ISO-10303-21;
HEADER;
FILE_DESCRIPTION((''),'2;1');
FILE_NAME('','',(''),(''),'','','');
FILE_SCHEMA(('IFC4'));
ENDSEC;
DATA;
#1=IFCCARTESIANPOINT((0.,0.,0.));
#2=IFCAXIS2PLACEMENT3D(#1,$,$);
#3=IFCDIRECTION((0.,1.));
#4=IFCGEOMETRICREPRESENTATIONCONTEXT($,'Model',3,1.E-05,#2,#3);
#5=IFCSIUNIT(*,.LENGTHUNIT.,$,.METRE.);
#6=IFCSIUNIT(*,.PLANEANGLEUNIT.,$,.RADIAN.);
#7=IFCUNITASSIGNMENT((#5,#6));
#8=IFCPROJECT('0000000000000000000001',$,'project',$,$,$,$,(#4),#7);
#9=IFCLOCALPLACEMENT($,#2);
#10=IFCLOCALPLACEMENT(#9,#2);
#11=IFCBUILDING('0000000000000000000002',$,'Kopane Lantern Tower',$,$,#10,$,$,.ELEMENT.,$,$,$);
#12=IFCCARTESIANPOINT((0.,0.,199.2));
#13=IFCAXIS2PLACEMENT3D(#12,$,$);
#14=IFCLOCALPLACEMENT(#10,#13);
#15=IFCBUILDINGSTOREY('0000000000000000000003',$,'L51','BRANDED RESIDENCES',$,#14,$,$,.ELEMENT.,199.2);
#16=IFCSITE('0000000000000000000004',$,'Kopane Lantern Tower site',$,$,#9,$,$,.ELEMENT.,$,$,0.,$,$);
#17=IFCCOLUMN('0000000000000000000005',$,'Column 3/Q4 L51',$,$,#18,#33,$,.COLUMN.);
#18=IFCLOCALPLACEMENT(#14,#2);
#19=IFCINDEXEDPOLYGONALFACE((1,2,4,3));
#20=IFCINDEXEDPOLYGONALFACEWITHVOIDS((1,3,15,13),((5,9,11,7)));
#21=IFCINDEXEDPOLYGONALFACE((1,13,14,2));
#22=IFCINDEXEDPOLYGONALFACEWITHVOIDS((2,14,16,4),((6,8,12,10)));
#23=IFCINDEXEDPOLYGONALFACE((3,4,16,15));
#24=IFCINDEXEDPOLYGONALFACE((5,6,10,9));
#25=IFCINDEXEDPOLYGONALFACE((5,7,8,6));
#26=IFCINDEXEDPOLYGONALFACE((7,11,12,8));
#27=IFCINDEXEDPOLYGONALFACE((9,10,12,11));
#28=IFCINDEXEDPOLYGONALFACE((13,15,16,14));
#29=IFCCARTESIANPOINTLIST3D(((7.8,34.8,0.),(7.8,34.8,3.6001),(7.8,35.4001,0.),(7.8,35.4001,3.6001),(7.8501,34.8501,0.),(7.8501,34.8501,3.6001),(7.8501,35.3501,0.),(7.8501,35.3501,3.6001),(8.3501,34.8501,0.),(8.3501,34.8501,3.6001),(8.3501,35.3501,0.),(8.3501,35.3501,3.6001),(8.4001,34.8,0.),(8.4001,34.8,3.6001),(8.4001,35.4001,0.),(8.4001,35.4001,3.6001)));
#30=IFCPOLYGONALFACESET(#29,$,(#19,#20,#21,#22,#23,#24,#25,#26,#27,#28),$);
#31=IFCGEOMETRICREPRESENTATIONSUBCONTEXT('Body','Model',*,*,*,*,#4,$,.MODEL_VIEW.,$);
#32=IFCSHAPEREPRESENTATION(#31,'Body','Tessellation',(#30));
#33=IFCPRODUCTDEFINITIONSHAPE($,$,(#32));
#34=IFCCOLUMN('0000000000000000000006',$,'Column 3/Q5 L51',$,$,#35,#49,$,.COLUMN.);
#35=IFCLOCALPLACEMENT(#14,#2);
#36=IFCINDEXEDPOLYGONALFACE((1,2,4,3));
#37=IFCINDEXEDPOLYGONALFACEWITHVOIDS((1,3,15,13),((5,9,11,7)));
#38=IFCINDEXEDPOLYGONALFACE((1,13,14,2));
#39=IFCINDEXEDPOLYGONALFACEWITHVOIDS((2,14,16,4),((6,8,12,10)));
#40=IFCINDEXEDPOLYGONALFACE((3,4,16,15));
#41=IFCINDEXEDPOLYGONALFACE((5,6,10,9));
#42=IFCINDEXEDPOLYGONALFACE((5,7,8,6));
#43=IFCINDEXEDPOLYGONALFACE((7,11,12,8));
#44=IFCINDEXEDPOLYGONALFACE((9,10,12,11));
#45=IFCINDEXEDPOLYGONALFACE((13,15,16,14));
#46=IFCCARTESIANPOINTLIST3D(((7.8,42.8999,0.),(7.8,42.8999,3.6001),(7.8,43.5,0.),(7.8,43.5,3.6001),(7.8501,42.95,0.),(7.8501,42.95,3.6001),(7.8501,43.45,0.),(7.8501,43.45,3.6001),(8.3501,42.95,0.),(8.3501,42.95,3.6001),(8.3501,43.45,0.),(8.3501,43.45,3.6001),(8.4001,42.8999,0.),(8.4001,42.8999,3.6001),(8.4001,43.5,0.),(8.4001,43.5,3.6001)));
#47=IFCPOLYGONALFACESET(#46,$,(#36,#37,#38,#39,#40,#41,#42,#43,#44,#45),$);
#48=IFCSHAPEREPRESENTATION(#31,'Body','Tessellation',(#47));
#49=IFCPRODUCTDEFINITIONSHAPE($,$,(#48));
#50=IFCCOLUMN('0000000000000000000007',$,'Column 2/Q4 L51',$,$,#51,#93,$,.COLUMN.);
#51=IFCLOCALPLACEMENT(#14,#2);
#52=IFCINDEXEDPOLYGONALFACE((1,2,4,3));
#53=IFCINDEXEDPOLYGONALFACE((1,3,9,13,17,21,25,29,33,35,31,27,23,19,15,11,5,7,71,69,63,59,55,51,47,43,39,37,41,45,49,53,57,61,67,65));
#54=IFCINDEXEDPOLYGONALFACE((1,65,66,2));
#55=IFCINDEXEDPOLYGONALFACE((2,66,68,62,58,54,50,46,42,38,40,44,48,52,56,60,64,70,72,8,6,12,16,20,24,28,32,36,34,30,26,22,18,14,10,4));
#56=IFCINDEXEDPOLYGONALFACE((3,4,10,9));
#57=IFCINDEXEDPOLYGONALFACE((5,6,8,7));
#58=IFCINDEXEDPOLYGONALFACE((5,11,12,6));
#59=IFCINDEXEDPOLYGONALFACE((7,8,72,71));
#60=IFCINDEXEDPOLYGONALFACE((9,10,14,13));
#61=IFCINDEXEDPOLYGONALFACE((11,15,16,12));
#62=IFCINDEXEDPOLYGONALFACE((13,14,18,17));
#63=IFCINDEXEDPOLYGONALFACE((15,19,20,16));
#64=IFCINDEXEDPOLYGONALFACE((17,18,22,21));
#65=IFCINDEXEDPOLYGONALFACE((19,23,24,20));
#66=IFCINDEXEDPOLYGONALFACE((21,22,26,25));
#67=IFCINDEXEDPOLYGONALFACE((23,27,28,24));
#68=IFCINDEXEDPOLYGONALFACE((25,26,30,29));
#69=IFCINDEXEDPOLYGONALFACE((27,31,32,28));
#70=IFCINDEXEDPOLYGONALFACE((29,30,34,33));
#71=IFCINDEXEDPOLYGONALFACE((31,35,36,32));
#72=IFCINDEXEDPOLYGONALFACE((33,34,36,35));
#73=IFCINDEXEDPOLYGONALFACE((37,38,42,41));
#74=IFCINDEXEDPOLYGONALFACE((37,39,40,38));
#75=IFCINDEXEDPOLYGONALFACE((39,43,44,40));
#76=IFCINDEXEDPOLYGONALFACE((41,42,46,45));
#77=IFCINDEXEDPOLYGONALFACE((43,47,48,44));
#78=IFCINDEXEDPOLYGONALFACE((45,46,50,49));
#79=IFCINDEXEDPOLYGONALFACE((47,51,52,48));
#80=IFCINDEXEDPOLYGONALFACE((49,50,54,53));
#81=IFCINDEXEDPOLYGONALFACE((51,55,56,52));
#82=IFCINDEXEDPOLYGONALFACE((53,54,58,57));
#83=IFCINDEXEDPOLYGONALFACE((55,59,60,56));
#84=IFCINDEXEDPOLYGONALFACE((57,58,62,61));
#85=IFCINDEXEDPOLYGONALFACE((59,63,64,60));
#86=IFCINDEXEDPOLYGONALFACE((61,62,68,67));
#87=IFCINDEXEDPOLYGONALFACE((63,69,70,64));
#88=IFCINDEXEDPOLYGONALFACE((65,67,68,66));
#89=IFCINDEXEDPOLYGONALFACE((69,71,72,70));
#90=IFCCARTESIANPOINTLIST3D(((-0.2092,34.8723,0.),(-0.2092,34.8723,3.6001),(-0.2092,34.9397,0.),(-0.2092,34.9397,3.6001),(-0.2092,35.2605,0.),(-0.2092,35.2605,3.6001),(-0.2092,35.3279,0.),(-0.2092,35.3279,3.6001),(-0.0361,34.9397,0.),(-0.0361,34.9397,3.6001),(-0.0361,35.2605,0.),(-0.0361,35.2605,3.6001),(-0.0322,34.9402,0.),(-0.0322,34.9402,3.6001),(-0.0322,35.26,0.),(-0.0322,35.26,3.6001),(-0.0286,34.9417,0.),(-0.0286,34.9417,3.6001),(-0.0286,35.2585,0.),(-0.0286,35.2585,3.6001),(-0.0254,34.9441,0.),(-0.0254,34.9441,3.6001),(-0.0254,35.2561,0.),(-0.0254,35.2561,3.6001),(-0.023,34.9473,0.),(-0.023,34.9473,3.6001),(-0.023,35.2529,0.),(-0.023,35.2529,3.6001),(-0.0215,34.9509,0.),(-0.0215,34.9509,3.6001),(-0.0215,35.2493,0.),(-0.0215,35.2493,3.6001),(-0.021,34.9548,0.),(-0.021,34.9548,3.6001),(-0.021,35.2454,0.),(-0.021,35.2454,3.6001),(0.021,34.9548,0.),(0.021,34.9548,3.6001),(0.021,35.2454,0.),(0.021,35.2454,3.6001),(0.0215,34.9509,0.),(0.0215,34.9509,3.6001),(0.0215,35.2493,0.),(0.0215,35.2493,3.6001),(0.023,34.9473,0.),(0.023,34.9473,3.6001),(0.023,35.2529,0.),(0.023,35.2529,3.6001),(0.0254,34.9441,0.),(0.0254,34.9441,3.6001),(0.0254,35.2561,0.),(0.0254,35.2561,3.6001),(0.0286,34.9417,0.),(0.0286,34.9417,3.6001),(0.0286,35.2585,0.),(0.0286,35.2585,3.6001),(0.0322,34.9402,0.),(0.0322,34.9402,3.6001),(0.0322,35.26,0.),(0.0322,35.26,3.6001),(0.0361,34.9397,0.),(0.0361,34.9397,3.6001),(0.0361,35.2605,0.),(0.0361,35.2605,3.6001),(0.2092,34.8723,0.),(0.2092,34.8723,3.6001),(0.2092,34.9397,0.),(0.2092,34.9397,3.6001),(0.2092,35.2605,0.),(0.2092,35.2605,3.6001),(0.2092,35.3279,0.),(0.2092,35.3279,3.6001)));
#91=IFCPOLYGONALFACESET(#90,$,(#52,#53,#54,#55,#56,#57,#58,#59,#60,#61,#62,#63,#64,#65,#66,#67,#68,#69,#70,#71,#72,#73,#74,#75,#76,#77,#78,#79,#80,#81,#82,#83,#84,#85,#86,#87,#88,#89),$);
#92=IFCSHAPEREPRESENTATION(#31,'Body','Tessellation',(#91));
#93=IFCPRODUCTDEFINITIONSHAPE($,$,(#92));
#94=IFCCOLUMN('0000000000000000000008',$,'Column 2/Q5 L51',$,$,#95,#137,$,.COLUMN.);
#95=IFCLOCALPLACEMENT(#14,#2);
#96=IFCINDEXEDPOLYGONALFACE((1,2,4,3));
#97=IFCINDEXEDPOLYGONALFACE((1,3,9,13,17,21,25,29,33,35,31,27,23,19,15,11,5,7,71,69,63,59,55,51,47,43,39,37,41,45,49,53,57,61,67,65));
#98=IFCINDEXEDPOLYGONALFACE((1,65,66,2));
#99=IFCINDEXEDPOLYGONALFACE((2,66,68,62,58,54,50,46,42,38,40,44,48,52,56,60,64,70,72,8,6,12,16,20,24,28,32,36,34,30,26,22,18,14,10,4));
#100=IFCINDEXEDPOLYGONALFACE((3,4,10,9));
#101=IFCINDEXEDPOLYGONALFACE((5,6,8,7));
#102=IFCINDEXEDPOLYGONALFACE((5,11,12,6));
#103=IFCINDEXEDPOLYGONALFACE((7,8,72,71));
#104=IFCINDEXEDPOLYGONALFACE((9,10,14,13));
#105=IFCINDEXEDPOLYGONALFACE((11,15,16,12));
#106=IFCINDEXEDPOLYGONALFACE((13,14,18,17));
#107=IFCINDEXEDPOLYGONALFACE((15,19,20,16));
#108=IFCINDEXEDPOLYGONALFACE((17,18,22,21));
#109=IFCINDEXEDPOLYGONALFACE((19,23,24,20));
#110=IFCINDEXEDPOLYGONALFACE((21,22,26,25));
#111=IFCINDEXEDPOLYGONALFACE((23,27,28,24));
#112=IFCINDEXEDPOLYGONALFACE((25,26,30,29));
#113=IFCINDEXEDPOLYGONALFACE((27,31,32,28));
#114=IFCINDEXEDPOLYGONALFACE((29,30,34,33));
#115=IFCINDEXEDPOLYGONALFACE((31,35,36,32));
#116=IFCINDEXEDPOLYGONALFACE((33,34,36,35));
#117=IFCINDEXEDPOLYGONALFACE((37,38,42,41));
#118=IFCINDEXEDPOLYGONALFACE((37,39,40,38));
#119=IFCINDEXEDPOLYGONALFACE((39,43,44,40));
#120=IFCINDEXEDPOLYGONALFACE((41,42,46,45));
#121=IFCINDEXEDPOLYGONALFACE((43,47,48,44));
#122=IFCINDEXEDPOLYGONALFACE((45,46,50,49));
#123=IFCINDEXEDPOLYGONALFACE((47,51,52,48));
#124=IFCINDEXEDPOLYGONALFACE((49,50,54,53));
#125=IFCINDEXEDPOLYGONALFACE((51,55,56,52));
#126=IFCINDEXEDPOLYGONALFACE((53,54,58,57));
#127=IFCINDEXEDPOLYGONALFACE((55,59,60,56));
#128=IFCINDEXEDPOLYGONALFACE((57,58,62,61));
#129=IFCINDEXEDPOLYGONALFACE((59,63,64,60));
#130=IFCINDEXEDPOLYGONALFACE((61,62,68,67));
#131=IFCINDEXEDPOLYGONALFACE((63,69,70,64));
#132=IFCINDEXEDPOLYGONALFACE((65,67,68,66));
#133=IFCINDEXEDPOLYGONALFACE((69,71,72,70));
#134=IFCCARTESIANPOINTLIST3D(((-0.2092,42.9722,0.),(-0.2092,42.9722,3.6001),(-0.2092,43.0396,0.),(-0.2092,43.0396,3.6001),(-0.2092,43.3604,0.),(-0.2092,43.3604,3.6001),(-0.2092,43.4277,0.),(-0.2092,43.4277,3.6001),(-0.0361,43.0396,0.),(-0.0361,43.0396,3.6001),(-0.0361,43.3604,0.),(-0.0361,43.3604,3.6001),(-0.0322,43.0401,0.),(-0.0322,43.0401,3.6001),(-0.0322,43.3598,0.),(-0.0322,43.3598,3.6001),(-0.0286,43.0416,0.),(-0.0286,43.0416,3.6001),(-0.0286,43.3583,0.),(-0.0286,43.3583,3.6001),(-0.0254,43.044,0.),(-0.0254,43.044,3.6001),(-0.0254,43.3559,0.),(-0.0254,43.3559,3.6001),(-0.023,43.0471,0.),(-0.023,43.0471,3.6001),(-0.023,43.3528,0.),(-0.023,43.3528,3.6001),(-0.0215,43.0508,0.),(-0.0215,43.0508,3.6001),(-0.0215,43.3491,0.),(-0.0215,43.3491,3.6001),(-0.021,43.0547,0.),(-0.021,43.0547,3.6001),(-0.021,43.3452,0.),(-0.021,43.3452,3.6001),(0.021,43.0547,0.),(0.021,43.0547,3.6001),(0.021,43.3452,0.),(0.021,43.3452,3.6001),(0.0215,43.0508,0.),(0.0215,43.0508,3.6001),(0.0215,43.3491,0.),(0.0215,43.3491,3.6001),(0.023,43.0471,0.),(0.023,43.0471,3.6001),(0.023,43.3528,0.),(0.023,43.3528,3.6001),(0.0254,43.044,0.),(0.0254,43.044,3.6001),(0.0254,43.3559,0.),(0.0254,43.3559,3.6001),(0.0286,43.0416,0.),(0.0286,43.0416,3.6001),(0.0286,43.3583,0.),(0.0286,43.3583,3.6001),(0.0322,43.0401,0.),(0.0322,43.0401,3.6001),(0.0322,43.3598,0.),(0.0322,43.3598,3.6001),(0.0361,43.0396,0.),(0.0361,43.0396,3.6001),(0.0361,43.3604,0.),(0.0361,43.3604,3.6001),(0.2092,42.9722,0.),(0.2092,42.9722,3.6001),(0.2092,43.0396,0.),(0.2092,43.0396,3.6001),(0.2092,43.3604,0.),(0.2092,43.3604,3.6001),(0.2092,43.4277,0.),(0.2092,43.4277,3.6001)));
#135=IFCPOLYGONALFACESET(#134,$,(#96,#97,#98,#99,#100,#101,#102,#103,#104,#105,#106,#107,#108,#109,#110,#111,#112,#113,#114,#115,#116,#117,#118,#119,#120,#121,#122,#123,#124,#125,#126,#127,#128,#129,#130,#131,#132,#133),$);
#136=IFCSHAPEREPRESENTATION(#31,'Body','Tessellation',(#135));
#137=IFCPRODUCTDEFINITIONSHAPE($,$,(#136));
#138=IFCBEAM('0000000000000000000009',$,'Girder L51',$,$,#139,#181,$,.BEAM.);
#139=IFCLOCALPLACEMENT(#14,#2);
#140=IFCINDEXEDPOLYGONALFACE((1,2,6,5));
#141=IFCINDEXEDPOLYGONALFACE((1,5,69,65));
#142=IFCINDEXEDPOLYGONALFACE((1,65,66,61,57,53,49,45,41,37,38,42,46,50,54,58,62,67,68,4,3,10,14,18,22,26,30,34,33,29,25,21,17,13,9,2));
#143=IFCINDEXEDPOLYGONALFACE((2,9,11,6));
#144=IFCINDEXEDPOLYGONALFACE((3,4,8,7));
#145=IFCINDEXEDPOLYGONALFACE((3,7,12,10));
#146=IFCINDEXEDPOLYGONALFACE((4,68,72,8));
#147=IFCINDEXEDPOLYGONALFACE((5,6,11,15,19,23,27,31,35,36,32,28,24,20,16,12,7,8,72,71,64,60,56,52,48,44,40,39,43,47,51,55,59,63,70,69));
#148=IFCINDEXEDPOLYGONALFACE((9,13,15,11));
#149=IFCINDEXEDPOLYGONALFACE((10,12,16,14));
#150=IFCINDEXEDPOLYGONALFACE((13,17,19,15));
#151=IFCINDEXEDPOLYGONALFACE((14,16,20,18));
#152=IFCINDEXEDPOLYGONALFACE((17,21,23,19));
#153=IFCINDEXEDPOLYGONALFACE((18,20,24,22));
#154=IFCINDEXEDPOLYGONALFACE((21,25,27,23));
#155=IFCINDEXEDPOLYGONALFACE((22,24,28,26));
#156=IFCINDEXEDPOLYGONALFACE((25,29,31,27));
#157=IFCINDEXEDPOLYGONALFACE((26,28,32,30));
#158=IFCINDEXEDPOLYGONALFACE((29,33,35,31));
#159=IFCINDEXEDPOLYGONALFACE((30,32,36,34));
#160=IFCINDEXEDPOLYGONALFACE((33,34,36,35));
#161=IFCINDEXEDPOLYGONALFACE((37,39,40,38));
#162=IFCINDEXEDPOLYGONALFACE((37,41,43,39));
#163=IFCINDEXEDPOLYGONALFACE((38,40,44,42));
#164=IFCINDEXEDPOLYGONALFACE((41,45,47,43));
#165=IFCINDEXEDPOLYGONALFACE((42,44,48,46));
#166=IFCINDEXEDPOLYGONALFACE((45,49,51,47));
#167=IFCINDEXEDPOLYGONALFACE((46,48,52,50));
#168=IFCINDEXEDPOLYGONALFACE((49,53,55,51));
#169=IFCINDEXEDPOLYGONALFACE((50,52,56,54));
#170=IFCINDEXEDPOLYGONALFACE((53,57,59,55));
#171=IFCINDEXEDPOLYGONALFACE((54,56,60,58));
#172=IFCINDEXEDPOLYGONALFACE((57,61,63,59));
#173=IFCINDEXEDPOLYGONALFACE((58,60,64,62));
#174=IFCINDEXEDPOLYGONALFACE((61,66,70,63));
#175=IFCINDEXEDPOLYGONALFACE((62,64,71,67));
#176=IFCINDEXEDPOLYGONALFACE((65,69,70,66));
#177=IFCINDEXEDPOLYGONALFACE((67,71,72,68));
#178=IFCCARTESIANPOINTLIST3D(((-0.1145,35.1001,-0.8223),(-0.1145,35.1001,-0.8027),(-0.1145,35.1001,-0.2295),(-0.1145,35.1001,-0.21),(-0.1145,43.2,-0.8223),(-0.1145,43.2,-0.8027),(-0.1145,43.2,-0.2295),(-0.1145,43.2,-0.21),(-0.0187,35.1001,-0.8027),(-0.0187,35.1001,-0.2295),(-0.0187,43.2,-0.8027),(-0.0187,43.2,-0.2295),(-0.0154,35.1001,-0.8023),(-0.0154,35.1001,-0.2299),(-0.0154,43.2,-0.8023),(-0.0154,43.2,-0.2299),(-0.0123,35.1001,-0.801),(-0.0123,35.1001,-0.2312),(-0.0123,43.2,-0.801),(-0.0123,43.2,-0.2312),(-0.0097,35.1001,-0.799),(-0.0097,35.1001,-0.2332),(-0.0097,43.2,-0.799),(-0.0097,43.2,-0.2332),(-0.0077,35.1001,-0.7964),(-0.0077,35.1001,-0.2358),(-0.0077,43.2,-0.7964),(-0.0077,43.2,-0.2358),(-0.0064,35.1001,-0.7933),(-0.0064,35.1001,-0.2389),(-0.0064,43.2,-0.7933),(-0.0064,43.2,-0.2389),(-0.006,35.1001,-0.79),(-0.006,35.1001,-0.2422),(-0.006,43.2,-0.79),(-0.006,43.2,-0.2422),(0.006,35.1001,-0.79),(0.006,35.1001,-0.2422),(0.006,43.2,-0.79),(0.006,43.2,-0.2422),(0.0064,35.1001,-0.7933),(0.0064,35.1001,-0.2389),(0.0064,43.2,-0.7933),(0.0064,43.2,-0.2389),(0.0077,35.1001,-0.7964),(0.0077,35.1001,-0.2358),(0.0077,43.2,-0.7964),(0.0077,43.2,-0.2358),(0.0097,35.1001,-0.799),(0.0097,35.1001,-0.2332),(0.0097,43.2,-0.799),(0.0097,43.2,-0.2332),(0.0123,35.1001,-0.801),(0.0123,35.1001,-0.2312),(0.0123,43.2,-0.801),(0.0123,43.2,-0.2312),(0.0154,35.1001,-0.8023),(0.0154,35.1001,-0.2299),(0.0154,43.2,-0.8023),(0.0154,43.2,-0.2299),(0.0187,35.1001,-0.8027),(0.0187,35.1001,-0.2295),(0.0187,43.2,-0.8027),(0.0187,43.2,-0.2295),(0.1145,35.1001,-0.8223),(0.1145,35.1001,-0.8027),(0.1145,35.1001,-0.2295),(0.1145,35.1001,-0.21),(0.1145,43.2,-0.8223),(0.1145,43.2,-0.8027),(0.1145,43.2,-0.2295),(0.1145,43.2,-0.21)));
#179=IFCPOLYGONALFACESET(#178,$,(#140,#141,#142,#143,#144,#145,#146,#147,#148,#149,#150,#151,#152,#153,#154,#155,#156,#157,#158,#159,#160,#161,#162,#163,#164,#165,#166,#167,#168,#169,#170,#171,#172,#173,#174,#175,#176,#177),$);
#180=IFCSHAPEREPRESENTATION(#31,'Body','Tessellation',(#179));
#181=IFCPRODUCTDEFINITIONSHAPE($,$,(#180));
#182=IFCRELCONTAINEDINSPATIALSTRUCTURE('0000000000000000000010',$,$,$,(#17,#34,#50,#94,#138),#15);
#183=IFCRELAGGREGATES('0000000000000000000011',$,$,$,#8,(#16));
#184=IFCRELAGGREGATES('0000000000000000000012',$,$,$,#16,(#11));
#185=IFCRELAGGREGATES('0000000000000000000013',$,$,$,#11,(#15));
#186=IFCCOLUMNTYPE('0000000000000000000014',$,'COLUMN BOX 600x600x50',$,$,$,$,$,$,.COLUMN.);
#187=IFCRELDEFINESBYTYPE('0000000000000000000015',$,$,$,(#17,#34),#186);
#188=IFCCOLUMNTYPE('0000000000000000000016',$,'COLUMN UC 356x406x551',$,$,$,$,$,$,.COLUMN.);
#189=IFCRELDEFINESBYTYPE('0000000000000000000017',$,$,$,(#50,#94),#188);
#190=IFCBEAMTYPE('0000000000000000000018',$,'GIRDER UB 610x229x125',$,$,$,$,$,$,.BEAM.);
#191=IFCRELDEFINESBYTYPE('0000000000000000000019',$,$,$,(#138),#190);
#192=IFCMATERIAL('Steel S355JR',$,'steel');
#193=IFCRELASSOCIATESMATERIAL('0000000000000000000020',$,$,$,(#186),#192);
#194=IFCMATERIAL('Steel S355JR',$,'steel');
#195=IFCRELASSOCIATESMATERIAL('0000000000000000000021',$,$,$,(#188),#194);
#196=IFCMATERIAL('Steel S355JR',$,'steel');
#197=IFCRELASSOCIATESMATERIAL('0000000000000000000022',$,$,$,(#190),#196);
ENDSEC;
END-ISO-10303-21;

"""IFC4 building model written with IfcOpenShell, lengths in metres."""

from ifc_helpers import new_model, si_unit, direction, frame, origin, origin_2d, place, context, subcontext, project, spatial, hollow_rectangle, i_section, extrude, material, material_profile, profile_set, type_object, element, save


model = new_model("IFC4")

# Units and contexts
model_context = context("Model", 3, precision=1e-05, world=origin(), true_north=direction((0.0, 1.0)))
body_context = subcontext(model_context, "Body", "Model", "MODEL_VIEW")
ifc_project = project(units=[si_unit("LENGTHUNIT", "METRE"), si_unit("PLANEANGLEUNIT", "RADIAN")], contexts=[model_context])

# Site, building, storey
site_placement = place(None, origin())
site = spatial("IfcSite", under=ifc_project, at=site_placement, Name="Kopane Lantern Tower site", CompositionType="ELEMENT", RefElevation=0.0)
building_placement = place(site_placement, origin())
building = spatial("IfcBuilding", under=site, at=building_placement, Name="Kopane Lantern Tower", CompositionType="ELEMENT")
storey_placement = place(building_placement, frame((0.0, 0.0, 199.2)))
storey = spatial("IfcBuildingStorey", under=building, at=storey_placement, Name="L51", Description="BRANDED RESIDENCES", CompositionType="ELEMENT", Elevation=199.2)

# Columns
ifc_material_1 = material(Name="Steel S355JR", Category="steel")
ifc_material_profile_1 = material_profile(ifc_material_1, hollow_rectangle(XDim=0.6001, YDim=0.6001, WallThickness=0.05, at=origin_2d()), Name="BOX 600x600x50")
ifc_profile_set_1 = profile_set([ifc_material_profile_1], Name="Steel S355JR")
column_type_1 = type_object("IfcColumnType", Name="COLUMN BOX 600x600x50", PredefinedType="COLUMN", material=ifc_profile_set_1)
for number, where, z_axis, x_axis, name in (
    (1, (8.1001, 35.1001, 0.0), (0.0, 0.0, 1.0), (1.0, 0.0, 0.0), "Column 3/Q4 L51"),
    (2, (8.1001, 43.2, 0.0), (0.0, 0.0, 1.0), (1.0, 0.0, 0.0), "Column 3/Q5 L51"),
):
    element("IfcColumn", number, at=place(storey_placement, frame(where, z_axis=z_axis, x_axis=x_axis)), inside=storey, type_object=column_type_1, Name=name, PredefinedType="COLUMN", context=body_context, shape_type="SweptSolid", body=[
        extrude(hollow_rectangle(XDim=0.6001, YDim=0.6001, WallThickness=0.05, at=origin_2d()), origin(), (0.0, 0.0, 1.0), 3.6001),
    ])
ifc_material_2 = material(Name="Steel S355JR", Category="steel")
ifc_material_profile_2 = material_profile(ifc_material_2, i_section(OverallWidth=0.4185, OverallDepth=0.4556, WebThickness=0.042, FlangeThickness=0.0674, FilletRadius=0.0151, at=origin_2d()), Name="UC 356x406x551")
ifc_profile_set_2 = profile_set([ifc_material_profile_2], Name="Steel S355JR")
column_type_2 = type_object("IfcColumnType", Name="COLUMN UC 356x406x551", PredefinedType="COLUMN", material=ifc_profile_set_2)
for number, where, z_axis, x_axis, name in (
    (3, (0.0, 35.1001, 0.0), (0.0, 0.0, 1.0), (1.0, 0.0, 0.0), "Column 2/Q4 L51"),
    (4, (0.0, 43.2, 0.0), (0.0, 0.0, 1.0), (1.0, 0.0, 0.0), "Column 2/Q5 L51"),
):
    element("IfcColumn", number, at=place(storey_placement, frame(where, z_axis=z_axis, x_axis=x_axis)), inside=storey, type_object=column_type_2, Name=name, PredefinedType="COLUMN", context=body_context, shape_type="SweptSolid", body=[
        extrude(i_section(OverallWidth=0.4185, OverallDepth=0.4556, WebThickness=0.042, FlangeThickness=0.0674, FilletRadius=0.0151, at=origin_2d()), origin(), (0.0, 0.0, 1.0), 3.6001),
    ])

# Beam
ifc_material_3 = material(Name="Steel S355JR", Category="steel")
ifc_material_profile_3 = material_profile(ifc_material_3, i_section(OverallWidth=0.229, OverallDepth=0.6123, WebThickness=0.012, FlangeThickness=0.0195, FilletRadius=0.0127, at=origin_2d()), Name="UB 610x229x125")
ifc_profile_set_3 = profile_set([ifc_material_profile_3], Name="Steel S355JR")
beam_type = type_object("IfcBeamType", Name="GIRDER UB 610x229x125", PredefinedType="BEAM", material=ifc_profile_set_3)
beam_1_placement = place(storey_placement, frame((0.0, 35.1001, -0.5161), z_axis=(0.0, 1.0, 0.0), x_axis=(-1.0, 0.0, 0.0)))
element("IfcBeam", 5, at=beam_1_placement, inside=storey, type_object=beam_type, Name="Girder L51", PredefinedType="BEAM", context=body_context, shape_type="SweptSolid", body=[
    extrude(i_section(OverallWidth=0.229, OverallDepth=0.6123, WebThickness=0.012, FlangeThickness=0.0195, FilletRadius=0.0127, at=origin_2d()), origin(), (0.0, 0.0, 1.0), 8.0999),
])

save(model, "model.ifc")
